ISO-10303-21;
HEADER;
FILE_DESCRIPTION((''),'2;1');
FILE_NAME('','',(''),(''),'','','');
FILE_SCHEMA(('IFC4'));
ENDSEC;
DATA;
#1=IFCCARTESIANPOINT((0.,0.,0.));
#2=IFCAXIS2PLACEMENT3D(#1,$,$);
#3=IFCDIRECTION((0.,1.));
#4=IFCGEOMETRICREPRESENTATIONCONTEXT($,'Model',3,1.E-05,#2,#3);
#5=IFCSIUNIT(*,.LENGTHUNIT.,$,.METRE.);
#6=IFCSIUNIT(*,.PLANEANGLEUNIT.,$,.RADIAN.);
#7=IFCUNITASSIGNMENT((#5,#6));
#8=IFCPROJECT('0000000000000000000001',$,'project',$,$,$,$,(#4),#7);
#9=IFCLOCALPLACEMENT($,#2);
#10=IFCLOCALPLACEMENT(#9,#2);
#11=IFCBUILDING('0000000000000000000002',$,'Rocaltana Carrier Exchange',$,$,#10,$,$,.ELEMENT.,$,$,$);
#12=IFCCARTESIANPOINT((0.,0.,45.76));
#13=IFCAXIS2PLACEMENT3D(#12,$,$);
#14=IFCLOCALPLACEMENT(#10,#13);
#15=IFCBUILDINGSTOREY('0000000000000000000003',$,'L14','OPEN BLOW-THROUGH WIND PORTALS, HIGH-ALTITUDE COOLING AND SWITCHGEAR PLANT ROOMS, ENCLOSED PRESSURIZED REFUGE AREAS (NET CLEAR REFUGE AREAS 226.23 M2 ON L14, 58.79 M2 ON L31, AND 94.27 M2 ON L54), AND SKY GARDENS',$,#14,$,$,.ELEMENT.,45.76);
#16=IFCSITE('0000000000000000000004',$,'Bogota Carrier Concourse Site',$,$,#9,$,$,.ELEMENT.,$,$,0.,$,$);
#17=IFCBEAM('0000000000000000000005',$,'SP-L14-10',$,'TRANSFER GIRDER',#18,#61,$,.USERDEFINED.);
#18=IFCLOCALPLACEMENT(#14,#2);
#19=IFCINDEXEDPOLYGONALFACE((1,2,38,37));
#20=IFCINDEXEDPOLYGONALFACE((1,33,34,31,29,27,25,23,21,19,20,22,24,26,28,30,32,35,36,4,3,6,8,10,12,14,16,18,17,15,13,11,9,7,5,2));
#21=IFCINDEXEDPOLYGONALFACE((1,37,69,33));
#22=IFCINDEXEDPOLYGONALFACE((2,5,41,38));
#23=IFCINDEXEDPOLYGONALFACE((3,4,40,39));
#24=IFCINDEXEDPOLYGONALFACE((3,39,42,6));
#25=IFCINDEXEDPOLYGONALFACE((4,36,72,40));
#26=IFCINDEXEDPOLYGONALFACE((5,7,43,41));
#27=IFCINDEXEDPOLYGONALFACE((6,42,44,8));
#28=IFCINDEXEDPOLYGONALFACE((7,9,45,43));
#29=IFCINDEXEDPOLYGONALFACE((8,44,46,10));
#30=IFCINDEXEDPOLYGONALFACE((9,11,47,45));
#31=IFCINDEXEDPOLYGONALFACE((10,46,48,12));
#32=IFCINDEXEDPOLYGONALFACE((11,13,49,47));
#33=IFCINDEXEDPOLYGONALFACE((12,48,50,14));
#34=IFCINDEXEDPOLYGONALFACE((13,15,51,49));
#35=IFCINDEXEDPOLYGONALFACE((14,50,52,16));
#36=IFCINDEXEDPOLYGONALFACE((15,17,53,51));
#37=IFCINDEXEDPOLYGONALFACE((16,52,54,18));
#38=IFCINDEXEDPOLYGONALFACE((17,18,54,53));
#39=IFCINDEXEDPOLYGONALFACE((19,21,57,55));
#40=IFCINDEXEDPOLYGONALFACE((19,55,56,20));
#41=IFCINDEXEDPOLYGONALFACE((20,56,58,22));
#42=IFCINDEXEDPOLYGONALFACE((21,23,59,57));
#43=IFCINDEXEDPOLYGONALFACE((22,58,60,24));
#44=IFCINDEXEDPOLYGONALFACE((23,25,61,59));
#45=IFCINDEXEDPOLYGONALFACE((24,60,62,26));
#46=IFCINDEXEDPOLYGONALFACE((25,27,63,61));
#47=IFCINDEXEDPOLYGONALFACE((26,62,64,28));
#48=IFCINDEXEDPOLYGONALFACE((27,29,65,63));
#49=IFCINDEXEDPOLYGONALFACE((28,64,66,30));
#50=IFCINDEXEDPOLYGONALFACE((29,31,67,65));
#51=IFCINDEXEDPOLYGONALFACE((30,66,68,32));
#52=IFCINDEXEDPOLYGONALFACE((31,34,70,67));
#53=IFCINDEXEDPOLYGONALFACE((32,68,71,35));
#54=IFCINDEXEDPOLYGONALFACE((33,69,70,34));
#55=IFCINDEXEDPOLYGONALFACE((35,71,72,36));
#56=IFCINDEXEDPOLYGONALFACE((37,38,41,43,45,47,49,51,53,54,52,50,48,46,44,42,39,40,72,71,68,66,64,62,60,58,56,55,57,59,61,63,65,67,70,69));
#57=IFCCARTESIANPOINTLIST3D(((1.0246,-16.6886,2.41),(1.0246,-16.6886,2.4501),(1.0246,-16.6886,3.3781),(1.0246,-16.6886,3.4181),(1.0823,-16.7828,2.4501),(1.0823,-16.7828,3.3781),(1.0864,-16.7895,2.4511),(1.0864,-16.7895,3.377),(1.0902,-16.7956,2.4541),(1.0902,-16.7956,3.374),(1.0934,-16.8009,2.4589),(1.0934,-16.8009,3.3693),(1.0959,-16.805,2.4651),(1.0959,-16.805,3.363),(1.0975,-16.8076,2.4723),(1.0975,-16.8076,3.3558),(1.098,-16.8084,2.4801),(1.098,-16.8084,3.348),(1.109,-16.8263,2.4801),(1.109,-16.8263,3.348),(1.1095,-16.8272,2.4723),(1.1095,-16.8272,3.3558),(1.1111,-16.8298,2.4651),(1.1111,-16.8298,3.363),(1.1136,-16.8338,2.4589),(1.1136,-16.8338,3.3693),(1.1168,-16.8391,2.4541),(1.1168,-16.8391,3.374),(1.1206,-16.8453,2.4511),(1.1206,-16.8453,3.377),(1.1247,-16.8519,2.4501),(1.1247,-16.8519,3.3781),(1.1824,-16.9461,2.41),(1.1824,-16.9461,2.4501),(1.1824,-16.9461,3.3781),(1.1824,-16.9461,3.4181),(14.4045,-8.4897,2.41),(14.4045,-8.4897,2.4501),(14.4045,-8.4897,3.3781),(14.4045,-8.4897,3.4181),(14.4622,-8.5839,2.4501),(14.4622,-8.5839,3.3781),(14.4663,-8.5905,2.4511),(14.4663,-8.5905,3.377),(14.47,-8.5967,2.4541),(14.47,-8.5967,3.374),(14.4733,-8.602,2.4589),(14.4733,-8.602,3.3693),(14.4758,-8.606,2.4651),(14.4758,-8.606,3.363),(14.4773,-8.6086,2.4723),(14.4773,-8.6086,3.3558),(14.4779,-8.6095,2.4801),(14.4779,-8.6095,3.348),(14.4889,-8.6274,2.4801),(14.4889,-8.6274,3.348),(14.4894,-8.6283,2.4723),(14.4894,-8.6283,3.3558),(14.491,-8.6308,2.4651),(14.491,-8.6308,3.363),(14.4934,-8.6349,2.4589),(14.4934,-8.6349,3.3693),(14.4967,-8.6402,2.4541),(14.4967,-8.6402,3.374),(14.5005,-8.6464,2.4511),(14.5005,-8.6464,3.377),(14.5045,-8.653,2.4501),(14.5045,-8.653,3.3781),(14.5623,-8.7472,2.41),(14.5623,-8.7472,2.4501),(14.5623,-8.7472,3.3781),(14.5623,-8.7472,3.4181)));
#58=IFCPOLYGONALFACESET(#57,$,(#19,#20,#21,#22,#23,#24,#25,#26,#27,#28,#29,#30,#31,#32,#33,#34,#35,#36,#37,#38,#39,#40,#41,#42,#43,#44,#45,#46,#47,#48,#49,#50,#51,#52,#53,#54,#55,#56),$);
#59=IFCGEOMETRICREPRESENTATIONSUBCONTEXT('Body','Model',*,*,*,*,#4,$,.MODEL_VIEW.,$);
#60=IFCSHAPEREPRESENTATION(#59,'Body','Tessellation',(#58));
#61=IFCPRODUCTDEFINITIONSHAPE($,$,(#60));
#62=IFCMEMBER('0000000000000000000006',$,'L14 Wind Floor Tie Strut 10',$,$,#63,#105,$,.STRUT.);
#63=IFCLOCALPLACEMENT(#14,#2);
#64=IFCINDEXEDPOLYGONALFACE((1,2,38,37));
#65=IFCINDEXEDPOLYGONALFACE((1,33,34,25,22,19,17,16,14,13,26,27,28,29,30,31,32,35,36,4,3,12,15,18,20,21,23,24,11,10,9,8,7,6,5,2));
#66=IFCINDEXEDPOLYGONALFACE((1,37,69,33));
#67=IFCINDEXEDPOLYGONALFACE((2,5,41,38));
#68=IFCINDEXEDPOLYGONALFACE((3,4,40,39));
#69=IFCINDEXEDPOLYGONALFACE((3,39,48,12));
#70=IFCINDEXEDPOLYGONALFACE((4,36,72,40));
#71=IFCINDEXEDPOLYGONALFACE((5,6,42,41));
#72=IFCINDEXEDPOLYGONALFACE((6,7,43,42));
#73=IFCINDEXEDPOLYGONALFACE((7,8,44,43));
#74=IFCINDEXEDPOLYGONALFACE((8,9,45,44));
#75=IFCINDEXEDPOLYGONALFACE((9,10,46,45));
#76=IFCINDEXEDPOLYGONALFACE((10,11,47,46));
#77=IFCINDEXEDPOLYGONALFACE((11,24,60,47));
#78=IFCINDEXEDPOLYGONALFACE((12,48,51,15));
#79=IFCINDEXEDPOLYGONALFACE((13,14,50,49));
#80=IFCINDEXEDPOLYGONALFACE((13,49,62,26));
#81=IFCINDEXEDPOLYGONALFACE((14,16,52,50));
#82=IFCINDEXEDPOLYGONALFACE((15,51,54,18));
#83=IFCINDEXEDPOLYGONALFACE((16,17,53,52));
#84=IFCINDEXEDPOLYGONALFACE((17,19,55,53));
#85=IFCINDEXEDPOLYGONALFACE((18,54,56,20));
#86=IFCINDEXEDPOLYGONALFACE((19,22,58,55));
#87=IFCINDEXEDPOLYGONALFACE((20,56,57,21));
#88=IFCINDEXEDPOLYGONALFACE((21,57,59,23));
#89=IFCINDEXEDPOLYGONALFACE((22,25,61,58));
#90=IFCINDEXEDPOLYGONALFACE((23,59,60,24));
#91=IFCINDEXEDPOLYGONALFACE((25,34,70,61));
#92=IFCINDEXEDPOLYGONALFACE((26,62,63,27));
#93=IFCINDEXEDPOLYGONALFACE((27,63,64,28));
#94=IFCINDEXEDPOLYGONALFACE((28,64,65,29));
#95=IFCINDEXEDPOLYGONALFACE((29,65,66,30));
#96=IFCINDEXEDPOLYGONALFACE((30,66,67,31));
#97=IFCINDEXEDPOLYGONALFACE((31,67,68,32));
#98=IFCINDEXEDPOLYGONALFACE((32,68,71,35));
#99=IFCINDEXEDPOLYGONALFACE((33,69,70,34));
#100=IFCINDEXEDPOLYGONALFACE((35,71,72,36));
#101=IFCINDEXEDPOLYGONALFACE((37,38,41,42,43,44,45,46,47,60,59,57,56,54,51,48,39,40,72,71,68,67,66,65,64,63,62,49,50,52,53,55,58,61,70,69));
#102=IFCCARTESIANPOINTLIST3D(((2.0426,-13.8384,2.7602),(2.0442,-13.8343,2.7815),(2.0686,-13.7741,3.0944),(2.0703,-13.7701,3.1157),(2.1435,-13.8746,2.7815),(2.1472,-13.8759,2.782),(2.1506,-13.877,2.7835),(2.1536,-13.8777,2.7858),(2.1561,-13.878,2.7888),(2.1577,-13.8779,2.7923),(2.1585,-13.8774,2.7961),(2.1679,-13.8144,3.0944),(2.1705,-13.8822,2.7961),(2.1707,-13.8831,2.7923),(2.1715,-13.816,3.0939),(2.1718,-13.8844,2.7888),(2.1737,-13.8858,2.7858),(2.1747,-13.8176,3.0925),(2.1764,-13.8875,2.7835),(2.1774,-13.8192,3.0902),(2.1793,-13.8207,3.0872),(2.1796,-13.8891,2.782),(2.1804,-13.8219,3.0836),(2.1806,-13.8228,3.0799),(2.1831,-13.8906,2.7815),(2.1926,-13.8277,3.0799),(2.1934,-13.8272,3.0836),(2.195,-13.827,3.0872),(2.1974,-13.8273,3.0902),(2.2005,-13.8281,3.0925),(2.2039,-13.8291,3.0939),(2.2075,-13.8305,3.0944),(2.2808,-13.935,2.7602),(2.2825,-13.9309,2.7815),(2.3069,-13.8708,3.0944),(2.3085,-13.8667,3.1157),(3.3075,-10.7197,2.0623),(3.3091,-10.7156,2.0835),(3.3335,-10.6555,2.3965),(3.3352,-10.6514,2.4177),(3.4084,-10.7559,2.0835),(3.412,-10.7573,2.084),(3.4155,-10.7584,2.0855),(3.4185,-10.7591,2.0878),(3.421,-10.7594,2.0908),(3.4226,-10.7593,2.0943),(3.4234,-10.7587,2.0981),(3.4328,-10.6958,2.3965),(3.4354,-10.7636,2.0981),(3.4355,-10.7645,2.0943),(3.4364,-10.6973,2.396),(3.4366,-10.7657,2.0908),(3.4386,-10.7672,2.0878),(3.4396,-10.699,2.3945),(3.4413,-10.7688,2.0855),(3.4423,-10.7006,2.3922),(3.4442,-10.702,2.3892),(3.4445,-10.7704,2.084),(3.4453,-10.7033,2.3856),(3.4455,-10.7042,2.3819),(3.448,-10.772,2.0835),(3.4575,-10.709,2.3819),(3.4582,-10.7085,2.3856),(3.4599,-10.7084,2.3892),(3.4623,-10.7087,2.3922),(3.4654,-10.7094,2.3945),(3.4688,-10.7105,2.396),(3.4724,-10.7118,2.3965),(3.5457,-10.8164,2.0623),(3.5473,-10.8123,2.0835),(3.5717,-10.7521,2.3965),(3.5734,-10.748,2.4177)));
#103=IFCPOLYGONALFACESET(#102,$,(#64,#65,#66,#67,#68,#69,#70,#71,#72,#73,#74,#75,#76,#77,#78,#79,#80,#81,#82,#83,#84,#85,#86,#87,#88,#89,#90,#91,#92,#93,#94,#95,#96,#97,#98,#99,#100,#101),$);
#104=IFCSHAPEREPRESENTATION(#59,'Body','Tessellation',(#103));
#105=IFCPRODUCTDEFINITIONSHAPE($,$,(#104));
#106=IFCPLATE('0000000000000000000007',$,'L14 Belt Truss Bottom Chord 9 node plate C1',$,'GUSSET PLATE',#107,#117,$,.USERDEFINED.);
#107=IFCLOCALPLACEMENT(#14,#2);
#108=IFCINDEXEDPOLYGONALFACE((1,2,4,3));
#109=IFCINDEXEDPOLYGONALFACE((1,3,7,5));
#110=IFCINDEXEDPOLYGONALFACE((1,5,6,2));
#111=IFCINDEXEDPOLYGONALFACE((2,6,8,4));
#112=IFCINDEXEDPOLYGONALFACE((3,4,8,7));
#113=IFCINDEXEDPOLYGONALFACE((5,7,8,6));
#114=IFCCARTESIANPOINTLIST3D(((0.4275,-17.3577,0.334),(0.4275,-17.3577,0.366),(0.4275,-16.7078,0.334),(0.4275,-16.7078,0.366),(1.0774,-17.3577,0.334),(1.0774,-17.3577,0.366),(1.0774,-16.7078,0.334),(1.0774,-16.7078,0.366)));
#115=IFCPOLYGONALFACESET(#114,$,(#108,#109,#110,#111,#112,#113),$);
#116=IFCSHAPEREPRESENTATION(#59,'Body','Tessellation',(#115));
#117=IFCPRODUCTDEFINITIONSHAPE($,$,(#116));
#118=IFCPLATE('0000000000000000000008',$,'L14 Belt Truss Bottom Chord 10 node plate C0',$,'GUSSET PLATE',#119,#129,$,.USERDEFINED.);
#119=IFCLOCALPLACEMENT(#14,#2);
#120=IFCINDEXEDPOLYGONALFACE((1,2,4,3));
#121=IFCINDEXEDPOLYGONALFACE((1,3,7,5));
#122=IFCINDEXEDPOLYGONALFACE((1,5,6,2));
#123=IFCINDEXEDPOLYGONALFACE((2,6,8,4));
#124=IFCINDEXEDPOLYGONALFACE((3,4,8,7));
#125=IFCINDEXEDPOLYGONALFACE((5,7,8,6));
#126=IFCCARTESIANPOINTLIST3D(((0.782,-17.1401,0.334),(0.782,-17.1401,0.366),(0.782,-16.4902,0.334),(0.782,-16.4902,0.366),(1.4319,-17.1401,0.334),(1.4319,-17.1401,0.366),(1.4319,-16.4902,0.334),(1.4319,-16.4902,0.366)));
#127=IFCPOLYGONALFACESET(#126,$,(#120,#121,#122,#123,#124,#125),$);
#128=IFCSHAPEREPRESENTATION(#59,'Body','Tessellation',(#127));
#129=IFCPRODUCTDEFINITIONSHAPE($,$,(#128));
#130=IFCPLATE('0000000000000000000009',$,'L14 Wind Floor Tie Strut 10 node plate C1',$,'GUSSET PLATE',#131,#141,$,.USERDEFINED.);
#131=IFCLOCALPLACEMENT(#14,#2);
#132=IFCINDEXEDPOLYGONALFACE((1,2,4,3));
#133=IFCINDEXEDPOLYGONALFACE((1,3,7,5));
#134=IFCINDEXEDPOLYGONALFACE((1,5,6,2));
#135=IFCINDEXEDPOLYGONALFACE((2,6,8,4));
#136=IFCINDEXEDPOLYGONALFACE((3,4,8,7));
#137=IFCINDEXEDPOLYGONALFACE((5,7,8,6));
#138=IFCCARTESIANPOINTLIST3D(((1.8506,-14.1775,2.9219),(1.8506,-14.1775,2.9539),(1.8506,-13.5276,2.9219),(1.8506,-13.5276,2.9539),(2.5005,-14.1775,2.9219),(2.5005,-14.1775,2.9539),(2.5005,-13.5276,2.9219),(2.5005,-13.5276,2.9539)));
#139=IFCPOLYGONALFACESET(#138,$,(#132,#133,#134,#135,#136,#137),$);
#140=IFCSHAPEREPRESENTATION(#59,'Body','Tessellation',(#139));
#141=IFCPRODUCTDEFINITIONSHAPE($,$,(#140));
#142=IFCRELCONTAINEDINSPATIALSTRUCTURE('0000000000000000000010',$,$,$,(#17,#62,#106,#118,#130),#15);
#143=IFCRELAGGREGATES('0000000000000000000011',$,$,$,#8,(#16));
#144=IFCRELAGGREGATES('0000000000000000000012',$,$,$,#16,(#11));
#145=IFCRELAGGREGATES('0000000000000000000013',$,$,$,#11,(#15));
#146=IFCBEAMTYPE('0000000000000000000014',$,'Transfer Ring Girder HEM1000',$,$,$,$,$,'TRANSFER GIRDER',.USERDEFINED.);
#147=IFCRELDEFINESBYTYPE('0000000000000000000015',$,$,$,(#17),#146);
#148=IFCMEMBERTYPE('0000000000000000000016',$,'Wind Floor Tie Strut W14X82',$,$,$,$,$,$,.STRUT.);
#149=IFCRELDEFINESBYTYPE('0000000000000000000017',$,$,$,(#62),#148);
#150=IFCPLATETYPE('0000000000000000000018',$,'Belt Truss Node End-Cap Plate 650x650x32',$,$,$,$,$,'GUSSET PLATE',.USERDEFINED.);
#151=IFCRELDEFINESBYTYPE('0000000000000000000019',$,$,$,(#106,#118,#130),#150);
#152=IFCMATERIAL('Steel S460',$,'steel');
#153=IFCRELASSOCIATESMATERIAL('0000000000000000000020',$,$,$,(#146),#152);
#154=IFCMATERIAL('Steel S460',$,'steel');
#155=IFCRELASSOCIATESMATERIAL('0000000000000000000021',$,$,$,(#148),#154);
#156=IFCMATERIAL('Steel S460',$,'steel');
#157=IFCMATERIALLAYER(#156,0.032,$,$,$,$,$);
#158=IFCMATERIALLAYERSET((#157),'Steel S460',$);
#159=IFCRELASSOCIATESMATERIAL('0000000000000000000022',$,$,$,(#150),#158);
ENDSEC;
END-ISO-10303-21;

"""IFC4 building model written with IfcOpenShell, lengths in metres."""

from ifc_helpers import new_model, si_unit, direction, frame, origin, origin_2d, place, context, subcontext, project, spatial, rectangle, i_section, extrude, material, layer, layer_set, material_profile, profile_set, type_object, element, save


model = new_model("IFC4")

# Units and contexts
model_context = context("Model", 3, precision=1e-05, world=origin(), true_north=direction((0.0, 1.0)))
body_context = subcontext(model_context, "Body", "Model", "MODEL_VIEW")
ifc_project = project(units=[si_unit("LENGTHUNIT", "METRE"), si_unit("PLANEANGLEUNIT", "RADIAN")], contexts=[model_context])

# Site, building, storey
site_placement = place(None, origin())
site = spatial("IfcSite", under=ifc_project, at=site_placement, Name="Bogota Carrier Concourse Site", CompositionType="ELEMENT", RefElevation=0.0)
building_placement = place(site_placement, origin())
building = spatial("IfcBuilding", under=site, at=building_placement, Name="Rocaltana Carrier Exchange", CompositionType="ELEMENT")
storey_placement = place(building_placement, frame((0.0, 0.0, 45.76)))
storey = spatial("IfcBuildingStorey", under=building, at=storey_placement, Name="L14", Description="OPEN BLOW-THROUGH WIND PORTALS, HIGH-ALTITUDE COOLING AND SWITCHGEAR PLANT ROOMS, ENCLOSED PRESSURIZED REFUGE AREAS (NET CLEAR REFUGE AREAS 226.23 M2 ON L14, 58.79 M2 ON L31, AND 94.27 M2 ON L54), AND SKY GARDENS", CompositionType="ELEMENT", Elevation=45.76)

# Beam
ifc_material_1 = material(Name="Steel S460", Category="steel")
ifc_material_profile_1 = material_profile(ifc_material_1, i_section(OverallWidth=0.302, OverallDepth=1.0081, WebThickness=0.021, FlangeThickness=0.04, FilletRadius=0.03, at=origin_2d()), Name="HEM1000")
ifc_profile_set_1 = profile_set([ifc_material_profile_1], Name="Steel S460")
beam_type_1 = type_object("IfcBeamType", Name="Transfer Ring Girder HEM1000", ElementType="TRANSFER GIRDER", PredefinedType="USERDEFINED", material=ifc_profile_set_1)
beam_1_placement = place(storey_placement, frame((1.1035, -16.8174, 2.9141), z_axis=(0.852647, 0.522488, 0.0), x_axis=(-0.522488, 0.852647, 0.0)))
element("IfcBeam", 1, at=beam_1_placement, inside=storey, type_object=beam_type_1, Name="SP-L14-10", ObjectType="TRANSFER GIRDER", PredefinedType="USERDEFINED", context=body_context, shape_type="SweptSolid", body=[
    extrude(i_section(OverallWidth=0.302, OverallDepth=1.0081, WebThickness=0.021, FlangeThickness=0.04, FilletRadius=0.03, at=origin_2d()), origin(), (0.0, 0.0, 1.0), 15.6921),
])

# Member
ifc_material_2 = material(Name="Steel S460", Category="steel")
ifc_material_profile_2 = material_profile(ifc_material_2, i_section(OverallWidth=0.2571, OverallDepth=0.363, WebThickness=0.0129, FlangeThickness=0.0217, FilletRadius=0.0149, at=origin_2d()), Name="W14X82")
ifc_profile_set_2 = profile_set([ifc_material_profile_2], Name="Steel S460")
member_type_1 = type_object("IfcMemberType", Name="Wind Floor Tie Strut W14X82", PredefinedType="STRUT", material=ifc_profile_set_2)
member_1_placement = place(storey_placement, frame((3.4404, -10.7339, 2.24), z_axis=(-0.36802, -0.907369, 0.203082), x_axis=(0.92668, -0.375852, 0.0)))
element("IfcMember", 2, at=member_1_placement, inside=storey, type_object=member_type_1, Name="L14 Wind Floor Tie Strut 10", PredefinedType="STRUT", context=body_context, shape_type="SweptSolid", body=[
    extrude(i_section(OverallWidth=0.2571, OverallDepth=0.363, WebThickness=0.0129, FlangeThickness=0.0217, FilletRadius=0.0149, at=origin_2d()), origin(), (0.0, 0.0, 1.0), 3.437),
])

# Plates
ifc_material_3 = material(Name="Steel S460", Category="steel")
ifc_layer_1 = layer(ifc_material_3, 0.032)
ifc_layer_set_1 = layer_set([ifc_layer_1], Name="Steel S460")
plate_type_1 = type_object("IfcPlateType", Name="Belt Truss Node End-Cap Plate 650x650x32", ElementType="GUSSET PLATE", PredefinedType="USERDEFINED", material=ifc_layer_set_1)
for number, where, z_axis, x_axis, name in (
    (3, (0.7524, -17.0327, 0.334), (0.0, 0.0, 1.0), (1.0, 0.0, 0.0), "L14 Belt Truss Bottom Chord 9 node plate C1"),
    (4, (1.1069, -16.8152, 0.334), (0.0, 0.0, 1.0), (1.0, 0.0, 0.0), "L14 Belt Truss Bottom Chord 10 node plate C0"),
    (5, (2.1755, -13.8525, 2.9219), (0.0, 0.0, 1.0), (1.0, 0.0, 0.0), "L14 Wind Floor Tie Strut 10 node plate C1"),
):
    element("IfcPlate", number, at=place(storey_placement, frame(where, z_axis=z_axis, x_axis=x_axis)), inside=storey, type_object=plate_type_1, Name=name, ObjectType="GUSSET PLATE", PredefinedType="USERDEFINED", context=body_context, shape_type="SweptSolid", body=[
        extrude(rectangle(XDim=0.6499, YDim=0.6499, at=origin_2d()), origin(), (0.0, 0.0, 1.0), 0.032),
    ])

save(model, "model.ifc")
